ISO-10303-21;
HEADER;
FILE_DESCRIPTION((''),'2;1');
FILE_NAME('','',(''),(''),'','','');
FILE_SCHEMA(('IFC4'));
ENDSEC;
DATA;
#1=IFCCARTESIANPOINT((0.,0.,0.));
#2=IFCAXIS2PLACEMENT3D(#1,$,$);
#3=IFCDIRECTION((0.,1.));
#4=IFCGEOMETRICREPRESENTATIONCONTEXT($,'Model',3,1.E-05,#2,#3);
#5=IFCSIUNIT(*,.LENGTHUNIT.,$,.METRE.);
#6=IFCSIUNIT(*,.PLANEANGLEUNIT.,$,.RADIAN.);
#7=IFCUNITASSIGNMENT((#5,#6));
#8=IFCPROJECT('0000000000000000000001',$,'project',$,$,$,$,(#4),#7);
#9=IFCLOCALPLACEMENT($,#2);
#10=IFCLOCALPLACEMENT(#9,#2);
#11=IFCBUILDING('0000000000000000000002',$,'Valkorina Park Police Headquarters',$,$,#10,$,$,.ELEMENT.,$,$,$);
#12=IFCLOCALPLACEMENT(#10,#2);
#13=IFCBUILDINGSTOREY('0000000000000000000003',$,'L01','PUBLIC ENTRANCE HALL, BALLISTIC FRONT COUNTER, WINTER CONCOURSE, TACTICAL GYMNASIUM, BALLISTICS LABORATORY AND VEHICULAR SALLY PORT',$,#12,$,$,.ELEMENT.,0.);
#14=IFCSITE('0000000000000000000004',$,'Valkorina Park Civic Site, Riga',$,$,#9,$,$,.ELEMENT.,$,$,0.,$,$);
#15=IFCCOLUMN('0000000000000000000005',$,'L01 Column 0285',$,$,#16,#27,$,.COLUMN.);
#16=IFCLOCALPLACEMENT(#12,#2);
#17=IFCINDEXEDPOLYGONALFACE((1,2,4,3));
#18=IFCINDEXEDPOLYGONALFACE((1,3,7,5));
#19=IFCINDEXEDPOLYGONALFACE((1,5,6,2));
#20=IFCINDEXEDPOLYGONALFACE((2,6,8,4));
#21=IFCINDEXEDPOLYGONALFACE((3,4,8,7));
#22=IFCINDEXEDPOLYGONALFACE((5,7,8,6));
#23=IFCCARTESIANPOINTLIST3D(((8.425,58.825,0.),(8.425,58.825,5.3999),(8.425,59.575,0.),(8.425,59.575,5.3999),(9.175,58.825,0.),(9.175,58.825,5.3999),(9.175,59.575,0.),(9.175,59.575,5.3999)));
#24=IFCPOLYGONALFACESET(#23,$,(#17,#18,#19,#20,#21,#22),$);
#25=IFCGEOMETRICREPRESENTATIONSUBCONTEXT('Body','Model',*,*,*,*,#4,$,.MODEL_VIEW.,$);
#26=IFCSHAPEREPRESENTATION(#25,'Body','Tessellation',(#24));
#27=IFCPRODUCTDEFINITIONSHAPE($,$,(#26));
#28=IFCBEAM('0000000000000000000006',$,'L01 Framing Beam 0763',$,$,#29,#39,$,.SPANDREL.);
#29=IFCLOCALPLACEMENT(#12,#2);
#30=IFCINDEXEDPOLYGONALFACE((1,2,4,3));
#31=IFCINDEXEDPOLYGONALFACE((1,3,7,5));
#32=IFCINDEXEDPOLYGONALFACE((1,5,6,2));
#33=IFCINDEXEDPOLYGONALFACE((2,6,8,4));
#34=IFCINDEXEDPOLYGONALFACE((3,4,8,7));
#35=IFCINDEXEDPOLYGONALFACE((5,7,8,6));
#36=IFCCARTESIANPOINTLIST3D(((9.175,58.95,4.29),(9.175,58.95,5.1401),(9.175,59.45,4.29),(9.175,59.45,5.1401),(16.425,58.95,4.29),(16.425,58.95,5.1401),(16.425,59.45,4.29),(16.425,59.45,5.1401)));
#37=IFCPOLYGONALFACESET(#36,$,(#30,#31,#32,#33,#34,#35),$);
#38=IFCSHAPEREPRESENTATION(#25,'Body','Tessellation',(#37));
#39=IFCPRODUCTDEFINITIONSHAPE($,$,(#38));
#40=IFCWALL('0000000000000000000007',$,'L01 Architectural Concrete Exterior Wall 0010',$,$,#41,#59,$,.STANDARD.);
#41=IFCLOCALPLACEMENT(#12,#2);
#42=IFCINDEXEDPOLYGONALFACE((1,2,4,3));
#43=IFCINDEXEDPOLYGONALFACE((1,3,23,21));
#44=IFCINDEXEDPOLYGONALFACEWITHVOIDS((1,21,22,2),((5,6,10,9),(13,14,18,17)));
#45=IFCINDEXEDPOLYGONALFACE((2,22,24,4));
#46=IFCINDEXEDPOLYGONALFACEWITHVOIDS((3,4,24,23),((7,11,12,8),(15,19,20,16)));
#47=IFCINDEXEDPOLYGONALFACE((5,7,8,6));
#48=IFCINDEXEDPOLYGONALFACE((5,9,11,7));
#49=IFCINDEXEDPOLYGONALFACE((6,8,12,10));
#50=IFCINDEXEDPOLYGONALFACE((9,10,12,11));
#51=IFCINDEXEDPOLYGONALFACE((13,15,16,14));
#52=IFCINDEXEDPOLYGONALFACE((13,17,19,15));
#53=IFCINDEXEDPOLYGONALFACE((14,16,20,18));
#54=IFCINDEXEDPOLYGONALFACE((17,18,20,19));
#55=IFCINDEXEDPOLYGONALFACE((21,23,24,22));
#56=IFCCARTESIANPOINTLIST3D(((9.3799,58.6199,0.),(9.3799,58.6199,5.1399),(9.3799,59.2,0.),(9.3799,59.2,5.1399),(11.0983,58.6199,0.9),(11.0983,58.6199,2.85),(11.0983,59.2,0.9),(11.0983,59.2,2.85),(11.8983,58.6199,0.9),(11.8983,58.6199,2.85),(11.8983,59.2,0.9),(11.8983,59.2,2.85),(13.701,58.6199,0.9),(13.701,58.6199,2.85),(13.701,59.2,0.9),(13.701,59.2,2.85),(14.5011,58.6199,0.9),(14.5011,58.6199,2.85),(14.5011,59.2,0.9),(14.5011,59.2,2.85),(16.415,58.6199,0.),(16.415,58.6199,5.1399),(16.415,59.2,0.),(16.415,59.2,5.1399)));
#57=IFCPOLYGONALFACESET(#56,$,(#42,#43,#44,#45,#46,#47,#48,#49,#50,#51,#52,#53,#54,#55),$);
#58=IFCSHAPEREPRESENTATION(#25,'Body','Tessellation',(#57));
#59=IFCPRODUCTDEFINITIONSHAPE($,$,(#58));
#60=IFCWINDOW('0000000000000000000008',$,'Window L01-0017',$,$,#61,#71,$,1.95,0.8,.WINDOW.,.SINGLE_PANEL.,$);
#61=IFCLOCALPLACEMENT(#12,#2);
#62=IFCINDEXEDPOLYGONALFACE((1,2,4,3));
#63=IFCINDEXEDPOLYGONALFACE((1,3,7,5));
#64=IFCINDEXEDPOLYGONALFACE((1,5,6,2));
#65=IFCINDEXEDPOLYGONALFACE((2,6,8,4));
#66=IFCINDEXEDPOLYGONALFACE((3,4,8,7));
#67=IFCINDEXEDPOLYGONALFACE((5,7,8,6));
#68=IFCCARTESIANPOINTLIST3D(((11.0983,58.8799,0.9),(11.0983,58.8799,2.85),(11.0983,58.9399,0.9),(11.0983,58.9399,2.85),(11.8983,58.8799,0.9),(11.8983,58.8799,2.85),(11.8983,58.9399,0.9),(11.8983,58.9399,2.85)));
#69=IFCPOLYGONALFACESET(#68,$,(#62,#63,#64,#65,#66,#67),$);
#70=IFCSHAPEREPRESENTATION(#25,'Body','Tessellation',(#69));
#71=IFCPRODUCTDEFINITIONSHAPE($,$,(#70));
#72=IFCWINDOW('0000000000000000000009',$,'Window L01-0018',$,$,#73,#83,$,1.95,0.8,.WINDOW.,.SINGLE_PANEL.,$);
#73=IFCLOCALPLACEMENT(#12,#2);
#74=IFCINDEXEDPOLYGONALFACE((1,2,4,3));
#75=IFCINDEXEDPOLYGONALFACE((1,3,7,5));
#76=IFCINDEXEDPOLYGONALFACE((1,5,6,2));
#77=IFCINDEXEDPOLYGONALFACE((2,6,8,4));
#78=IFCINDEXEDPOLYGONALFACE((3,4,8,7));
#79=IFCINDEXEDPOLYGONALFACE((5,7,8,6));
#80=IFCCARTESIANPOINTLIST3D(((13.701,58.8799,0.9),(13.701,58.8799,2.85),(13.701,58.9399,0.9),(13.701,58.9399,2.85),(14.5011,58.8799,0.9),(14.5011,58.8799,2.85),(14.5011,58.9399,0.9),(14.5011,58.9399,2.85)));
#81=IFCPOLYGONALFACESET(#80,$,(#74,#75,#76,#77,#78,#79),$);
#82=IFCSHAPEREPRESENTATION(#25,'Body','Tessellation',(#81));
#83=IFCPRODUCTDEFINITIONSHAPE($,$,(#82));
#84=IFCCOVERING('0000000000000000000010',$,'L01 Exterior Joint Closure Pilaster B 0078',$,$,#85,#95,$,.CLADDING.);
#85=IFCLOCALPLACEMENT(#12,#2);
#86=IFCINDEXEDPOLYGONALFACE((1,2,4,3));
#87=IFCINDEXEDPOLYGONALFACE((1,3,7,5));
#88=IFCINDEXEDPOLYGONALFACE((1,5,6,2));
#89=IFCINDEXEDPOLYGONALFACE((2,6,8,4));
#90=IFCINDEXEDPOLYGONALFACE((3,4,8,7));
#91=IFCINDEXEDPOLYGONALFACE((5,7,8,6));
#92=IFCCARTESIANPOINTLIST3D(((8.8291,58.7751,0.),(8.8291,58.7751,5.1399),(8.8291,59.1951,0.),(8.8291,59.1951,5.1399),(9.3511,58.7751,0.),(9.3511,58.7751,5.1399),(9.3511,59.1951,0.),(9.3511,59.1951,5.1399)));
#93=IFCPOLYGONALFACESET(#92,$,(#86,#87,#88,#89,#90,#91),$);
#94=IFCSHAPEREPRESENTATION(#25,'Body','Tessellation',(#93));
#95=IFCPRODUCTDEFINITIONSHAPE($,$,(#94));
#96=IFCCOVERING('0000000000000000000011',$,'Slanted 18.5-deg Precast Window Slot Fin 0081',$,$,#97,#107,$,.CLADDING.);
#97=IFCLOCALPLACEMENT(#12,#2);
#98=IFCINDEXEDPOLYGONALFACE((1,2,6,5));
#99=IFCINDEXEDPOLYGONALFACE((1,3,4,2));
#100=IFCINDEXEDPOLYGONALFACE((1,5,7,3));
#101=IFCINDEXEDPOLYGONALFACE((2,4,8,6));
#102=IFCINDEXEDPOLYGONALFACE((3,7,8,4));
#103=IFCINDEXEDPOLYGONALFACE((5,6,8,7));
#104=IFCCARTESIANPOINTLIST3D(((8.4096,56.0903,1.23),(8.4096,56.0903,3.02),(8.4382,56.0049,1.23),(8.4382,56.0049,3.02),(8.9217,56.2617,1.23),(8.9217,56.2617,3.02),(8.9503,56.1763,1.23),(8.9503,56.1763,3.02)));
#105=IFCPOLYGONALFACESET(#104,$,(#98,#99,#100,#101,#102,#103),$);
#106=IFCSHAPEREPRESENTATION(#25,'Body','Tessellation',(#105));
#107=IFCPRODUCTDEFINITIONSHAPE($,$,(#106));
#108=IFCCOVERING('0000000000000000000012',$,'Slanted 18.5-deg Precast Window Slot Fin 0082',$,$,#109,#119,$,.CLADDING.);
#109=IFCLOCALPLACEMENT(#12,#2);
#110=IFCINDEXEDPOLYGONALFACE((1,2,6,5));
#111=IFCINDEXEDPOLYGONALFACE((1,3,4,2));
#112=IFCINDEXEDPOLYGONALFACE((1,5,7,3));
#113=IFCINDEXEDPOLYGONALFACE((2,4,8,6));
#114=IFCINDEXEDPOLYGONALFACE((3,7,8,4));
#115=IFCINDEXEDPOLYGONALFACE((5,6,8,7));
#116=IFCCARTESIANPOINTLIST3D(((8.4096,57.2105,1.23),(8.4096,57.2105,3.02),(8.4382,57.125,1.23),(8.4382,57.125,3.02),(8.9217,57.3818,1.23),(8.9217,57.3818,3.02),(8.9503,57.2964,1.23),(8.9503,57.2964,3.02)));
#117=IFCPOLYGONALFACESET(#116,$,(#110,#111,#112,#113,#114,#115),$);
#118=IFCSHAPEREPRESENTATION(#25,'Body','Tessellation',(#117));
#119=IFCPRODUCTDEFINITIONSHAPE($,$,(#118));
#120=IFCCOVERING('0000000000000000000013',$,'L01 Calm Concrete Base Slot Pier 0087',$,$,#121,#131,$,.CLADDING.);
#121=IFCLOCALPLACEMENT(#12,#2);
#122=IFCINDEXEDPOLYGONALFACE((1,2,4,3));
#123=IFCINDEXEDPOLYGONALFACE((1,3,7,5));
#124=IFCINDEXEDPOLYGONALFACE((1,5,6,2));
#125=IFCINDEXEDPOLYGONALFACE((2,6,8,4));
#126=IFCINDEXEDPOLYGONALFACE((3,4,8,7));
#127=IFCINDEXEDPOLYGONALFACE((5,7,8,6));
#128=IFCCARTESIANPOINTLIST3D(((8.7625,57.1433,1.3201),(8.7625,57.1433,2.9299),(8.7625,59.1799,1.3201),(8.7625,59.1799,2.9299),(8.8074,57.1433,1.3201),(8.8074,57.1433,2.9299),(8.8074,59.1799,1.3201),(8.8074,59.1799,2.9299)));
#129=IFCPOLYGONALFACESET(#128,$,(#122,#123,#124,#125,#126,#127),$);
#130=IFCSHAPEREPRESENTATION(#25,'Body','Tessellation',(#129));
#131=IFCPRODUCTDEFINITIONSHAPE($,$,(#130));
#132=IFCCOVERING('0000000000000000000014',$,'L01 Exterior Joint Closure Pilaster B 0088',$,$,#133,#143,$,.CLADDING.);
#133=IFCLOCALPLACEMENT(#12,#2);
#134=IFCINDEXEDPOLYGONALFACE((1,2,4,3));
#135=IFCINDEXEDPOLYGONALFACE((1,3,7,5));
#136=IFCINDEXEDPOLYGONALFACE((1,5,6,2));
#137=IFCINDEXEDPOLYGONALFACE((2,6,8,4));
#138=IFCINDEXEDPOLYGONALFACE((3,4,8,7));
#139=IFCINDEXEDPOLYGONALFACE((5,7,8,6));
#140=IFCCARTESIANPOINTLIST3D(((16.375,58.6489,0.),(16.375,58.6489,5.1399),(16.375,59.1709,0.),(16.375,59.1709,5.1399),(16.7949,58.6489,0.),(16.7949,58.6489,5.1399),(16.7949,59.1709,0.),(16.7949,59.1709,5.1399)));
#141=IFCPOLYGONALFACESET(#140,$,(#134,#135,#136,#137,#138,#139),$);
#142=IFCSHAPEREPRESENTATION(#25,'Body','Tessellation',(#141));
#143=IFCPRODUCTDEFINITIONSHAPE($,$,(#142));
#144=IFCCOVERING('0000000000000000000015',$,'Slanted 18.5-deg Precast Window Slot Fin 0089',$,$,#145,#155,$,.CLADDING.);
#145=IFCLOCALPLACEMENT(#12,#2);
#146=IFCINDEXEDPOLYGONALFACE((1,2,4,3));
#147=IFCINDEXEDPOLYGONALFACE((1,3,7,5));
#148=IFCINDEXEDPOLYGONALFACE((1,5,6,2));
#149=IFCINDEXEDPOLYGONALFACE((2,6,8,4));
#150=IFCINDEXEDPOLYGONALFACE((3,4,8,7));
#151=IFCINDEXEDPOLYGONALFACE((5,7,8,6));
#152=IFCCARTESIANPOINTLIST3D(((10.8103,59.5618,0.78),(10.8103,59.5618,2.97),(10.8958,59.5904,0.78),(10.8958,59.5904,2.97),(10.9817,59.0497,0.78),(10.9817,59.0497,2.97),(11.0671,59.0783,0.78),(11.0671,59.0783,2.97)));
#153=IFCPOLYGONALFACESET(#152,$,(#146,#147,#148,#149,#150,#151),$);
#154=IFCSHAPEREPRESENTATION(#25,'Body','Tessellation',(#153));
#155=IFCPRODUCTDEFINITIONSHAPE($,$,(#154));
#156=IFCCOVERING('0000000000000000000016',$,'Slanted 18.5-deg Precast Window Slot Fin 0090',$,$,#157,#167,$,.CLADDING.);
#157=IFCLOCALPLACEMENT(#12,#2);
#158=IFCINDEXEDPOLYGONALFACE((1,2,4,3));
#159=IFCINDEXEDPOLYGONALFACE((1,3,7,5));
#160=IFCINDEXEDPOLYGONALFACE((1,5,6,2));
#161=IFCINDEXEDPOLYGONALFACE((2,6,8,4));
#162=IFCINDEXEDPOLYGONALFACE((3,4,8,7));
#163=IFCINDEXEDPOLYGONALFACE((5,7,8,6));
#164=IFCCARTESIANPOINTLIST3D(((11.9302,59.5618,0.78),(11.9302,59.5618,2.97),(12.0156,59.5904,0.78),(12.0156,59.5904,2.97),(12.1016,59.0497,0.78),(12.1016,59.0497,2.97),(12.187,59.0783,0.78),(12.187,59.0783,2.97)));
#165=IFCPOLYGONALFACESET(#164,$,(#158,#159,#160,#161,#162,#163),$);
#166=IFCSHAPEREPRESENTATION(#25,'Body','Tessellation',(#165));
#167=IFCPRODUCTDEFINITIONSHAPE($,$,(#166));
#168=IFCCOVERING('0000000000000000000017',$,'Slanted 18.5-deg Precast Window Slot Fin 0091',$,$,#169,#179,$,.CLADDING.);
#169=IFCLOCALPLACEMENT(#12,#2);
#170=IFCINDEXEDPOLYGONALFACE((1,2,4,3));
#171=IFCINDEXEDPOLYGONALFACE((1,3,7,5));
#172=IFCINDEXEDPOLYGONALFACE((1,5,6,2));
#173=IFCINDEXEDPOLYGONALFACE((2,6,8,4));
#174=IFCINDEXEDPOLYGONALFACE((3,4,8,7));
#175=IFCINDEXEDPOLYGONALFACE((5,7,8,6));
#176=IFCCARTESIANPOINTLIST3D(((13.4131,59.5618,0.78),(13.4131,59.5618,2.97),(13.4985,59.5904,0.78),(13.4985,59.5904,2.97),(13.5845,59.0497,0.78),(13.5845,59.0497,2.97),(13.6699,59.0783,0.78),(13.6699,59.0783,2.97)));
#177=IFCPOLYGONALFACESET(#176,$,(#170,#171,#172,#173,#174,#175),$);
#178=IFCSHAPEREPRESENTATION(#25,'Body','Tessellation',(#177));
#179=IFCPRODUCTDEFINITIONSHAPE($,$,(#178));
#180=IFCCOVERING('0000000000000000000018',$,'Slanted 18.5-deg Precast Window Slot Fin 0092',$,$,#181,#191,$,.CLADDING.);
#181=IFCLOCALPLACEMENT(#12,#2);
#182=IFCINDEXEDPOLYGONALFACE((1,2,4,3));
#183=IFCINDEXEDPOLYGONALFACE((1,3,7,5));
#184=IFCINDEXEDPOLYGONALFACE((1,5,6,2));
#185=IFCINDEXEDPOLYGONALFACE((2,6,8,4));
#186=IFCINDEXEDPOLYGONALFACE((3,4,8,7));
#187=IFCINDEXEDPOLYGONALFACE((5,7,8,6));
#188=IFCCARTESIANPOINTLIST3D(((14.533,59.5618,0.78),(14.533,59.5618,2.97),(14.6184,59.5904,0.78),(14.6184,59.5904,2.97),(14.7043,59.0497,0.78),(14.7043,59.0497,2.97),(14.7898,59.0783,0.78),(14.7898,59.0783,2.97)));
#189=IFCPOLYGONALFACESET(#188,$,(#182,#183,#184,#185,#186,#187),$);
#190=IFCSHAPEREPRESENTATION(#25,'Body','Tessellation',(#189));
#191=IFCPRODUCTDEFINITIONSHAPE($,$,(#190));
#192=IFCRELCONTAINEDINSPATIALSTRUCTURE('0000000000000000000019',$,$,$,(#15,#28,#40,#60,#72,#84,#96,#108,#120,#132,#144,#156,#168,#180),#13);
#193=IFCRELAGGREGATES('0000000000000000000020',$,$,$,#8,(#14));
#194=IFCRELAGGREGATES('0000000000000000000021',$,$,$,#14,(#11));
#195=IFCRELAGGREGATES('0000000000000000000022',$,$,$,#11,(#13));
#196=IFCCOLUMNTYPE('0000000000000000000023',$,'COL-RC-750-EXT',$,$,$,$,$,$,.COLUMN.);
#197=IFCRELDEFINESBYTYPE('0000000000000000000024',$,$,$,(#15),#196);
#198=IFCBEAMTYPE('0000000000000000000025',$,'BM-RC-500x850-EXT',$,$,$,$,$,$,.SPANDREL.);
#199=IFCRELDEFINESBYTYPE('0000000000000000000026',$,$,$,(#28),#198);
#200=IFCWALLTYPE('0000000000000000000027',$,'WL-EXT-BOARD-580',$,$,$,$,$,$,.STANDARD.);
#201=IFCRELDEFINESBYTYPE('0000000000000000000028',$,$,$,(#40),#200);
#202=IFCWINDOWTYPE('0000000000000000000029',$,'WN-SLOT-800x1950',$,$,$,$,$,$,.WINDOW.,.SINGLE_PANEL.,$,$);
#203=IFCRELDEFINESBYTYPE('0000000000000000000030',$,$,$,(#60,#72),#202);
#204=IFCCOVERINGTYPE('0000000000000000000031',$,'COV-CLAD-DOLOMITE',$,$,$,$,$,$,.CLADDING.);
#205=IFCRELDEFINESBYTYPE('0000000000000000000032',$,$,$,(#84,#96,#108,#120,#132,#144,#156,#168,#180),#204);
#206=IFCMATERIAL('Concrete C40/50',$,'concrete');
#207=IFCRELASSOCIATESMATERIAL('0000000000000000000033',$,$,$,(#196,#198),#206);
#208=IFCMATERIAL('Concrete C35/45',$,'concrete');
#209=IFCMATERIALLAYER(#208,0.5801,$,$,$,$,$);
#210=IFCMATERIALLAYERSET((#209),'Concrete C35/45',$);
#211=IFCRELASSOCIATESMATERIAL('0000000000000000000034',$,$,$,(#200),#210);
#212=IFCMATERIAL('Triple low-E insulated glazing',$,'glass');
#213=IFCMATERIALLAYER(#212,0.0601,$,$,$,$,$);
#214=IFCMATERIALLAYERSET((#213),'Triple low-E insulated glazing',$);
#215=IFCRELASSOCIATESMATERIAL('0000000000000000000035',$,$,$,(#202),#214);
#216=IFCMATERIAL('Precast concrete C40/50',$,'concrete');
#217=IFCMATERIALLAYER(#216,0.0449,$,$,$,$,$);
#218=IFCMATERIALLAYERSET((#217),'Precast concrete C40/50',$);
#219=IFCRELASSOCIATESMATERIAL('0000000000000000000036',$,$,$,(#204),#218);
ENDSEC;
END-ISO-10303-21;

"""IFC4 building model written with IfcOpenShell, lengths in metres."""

from ifc_helpers import new_model, si_unit, direction, frame, frame_2d, origin, origin_2d, place, context, subcontext, project, spatial, rectangle, extrude, material, layer, layer_set, material_profile, profile_set, type_object, element, fill, save


model = new_model("IFC4")

# Units and contexts
model_context = context("Model", 3, precision=1e-05, world=origin(), true_north=direction((0.0, 1.0)))
body_context = subcontext(model_context, "Body", "Model", "MODEL_VIEW")
ifc_project = project(units=[si_unit("LENGTHUNIT", "METRE"), si_unit("PLANEANGLEUNIT", "RADIAN")], contexts=[model_context])

# Site, building, storey
site_placement = place(None, origin())
site = spatial("IfcSite", under=ifc_project, at=site_placement, Name="Valkorina Park Civic Site, Riga", CompositionType="ELEMENT", RefElevation=0.0)
building_placement = place(site_placement, origin())
building = spatial("IfcBuilding", under=site, at=building_placement, Name="Valkorina Park Police Headquarters", CompositionType="ELEMENT")
storey_placement = place(building_placement, origin())
storey = spatial("IfcBuildingStorey", under=building, at=storey_placement, Name="L01", Description="PUBLIC ENTRANCE HALL, BALLISTIC FRONT COUNTER, WINTER CONCOURSE, TACTICAL GYMNASIUM, BALLISTICS LABORATORY AND VEHICULAR SALLY PORT", CompositionType="ELEMENT", Elevation=0.0)

# Column
ifc_material_1 = material(Name="Concrete C40/50", Category="concrete")
ifc_material_profile_1 = material_profile(ifc_material_1, rectangle(XDim=0.75, YDim=0.75, at=origin_2d()), Name="RC COL 750x750")
ifc_profile_set_1 = profile_set([ifc_material_profile_1], Name="Concrete C40/50")
column_type = type_object("IfcColumnType", Name="COL-RC-750-EXT", PredefinedType="COLUMN", material=ifc_profile_set_1)
column_placement = place(storey_placement, frame((8.8, 59.2, 0.0), z_axis=(0.0, 0.0, 1.0), x_axis=(1.0, 0.0, 0.0)))
element("IfcColumn", 1, at=column_placement, inside=storey, type_object=column_type, Name="L01 Column 0285", PredefinedType="COLUMN", context=body_context, shape_type="SweptSolid", body=[
    extrude(rectangle(XDim=0.75, YDim=0.75, at=origin_2d()), origin(), (0.0, 0.0, 1.0), 5.3999),
])

# Beam
ifc_material_profile_2 = material_profile(ifc_material_1, rectangle(XDim=0.5, YDim=0.8501, at=origin_2d()), Name="RC BEAM 500x850")
ifc_profile_set_2 = profile_set([ifc_material_profile_2], Name="Concrete C40/50")
beam_type = type_object("IfcBeamType", Name="BM-RC-500x850-EXT", PredefinedType="SPANDREL", material=ifc_profile_set_2)
beam_placement = place(storey_placement, frame((9.175, 59.2, 4.7151), z_axis=(1.0, 0.0, 0.0), x_axis=(0.0, 1.0, 0.0)))
element("IfcBeam", 2, at=beam_placement, inside=storey, type_object=beam_type, Name="L01 Framing Beam 0763", PredefinedType="SPANDREL", context=body_context, shape_type="SweptSolid", body=[
    extrude(rectangle(XDim=0.5, YDim=0.8501, at=origin_2d()), origin(), (0.0, 0.0, 1.0), 7.25),
])

# Wall, openings, windows
ifc_material_2 = material(Name="Concrete C35/45", Category="concrete")
ifc_layer_1 = layer(ifc_material_2, 0.5801)
ifc_layer_set_1 = layer_set([ifc_layer_1], Name="Concrete C35/45")
wall_type = type_object("IfcWallType", Name="WL-EXT-BOARD-580", PredefinedType="STANDARD", material=ifc_layer_set_1)
wall_placement = place(storey_placement, frame((9.3799, 58.9099, 0.0), z_axis=(0.0, 0.0, 1.0), x_axis=(1.0, 0.0, 0.0)))
wall = element("IfcWall", 3, at=wall_placement, inside=storey, type_object=wall_type, Name="L01 Architectural Concrete Exterior Wall 0010", PredefinedType="STANDARD", context=body_context, shape_type="SweptSolid", body=[
    extrude(rectangle(XDim=7.0352, YDim=0.5801, at=frame_2d((3.5176, 0.0))), origin(), (0.0, 0.0, 1.0), 5.1399),
])
opening_1_placement = place(wall_placement, frame((1.7185, 0.0, 0.8999)))
opening_1 = element("IfcOpeningElement", 4, at=opening_1_placement, cuts=wall, PredefinedType="OPENING", context=body_context, shape_type="SweptSolid", body=[
    extrude(rectangle(XDim=0.8, YDim=1.95, at=frame_2d((0.3999, 0.9751))), frame((0.0, 0.3, 0.0), z_axis=(0.0, -1.0, 0.0), x_axis=(1.0, 0.0, 0.0)), (0.0, 0.0, 1.0), 0.6001),
])
opening_2_placement = place(wall_placement, frame((4.3213, 0.0, 0.8999)))
opening_2 = element("IfcOpeningElement", 5, at=opening_2_placement, cuts=wall, PredefinedType="OPENING", context=body_context, shape_type="SweptSolid", body=[
    extrude(rectangle(XDim=0.8, YDim=1.95, at=frame_2d((0.3999, 0.9751))), frame((0.0, 0.3, 0.0), z_axis=(0.0, -1.0, 0.0), x_axis=(1.0, 0.0, 0.0)), (0.0, 0.0, 1.0), 0.6001),
])
ifc_material_3 = material(Name="Triple low-E insulated glazing", Category="glass")
ifc_layer_2 = layer(ifc_material_3, 0.0601)
ifc_layer_set_2 = layer_set([ifc_layer_2], Name="Triple low-E insulated glazing")
window_type = type_object("IfcWindowType", Name="WN-SLOT-800x1950", PartitioningType="SINGLE_PANEL", PredefinedType="WINDOW", material=ifc_layer_set_2)
window_1_placement = place(opening_1_placement, origin())
window_1 = element("IfcWindow", 6, at=window_1_placement, inside=storey, type_object=window_type, Name="Window L01-0017", OverallHeight=1.95, OverallWidth=0.8, PartitioningType="SINGLE_PANEL", PredefinedType="WINDOW", context=body_context, shape_type="SweptSolid", body=[
    extrude(rectangle(XDim=0.8, YDim=1.95, at=frame_2d((0.3999, 0.9751))), frame((0.0, 0.03, 0.0), z_axis=(0.0, -1.0, 0.0), x_axis=(1.0, 0.0, 0.0)), (0.0, 0.0, 1.0), 0.0601),
])
fill(opening_1, window_1)
window_2_placement = place(opening_2_placement, origin())
window_2 = element("IfcWindow", 7, at=window_2_placement, inside=storey, type_object=window_type, Name="Window L01-0018", OverallHeight=1.95, OverallWidth=0.8, PartitioningType="SINGLE_PANEL", PredefinedType="WINDOW", context=body_context, shape_type="SweptSolid", body=[
    extrude(rectangle(XDim=0.8, YDim=1.95, at=frame_2d((0.3999, 0.9751))), frame((0.0, 0.03, 0.0), z_axis=(0.0, -1.0, 0.0), x_axis=(1.0, 0.0, 0.0)), (0.0, 0.0, 1.0), 0.0601),
])
fill(opening_2, window_2)

# Coverings
ifc_material_4 = material(Name="Precast concrete C40/50", Category="concrete")
ifc_layer_3 = layer(ifc_material_4, 0.0449)
ifc_layer_set_3 = layer_set([ifc_layer_3], Name="Precast concrete C40/50")
covering_type = type_object("IfcCoveringType", Name="COV-CLAD-DOLOMITE", PredefinedType="CLADDING", material=ifc_layer_set_3)
covering_1_placement = place(storey_placement, frame((9.0901, 58.9851, 0.0), z_axis=(0.0, 0.0, 1.0), x_axis=(0.0, 1.0, 0.0)))
element("IfcCovering", 8, at=covering_1_placement, inside=storey, type_object=covering_type, Name="L01 Exterior Joint Closure Pilaster B 0078", PredefinedType="CLADDING", context=body_context, shape_type="SweptSolid", body=[
    extrude(rectangle(XDim=0.4199, YDim=0.522, at=origin_2d()), origin(), (0.0, 0.0, 1.0), 5.1399),
])
for number, where, z_axis, x_axis, name in (
    (9, (8.6799, 56.1333, 1.23), (0.0, 0.0, 1.0), (-0.948324, -0.317305, 0.0), "Slanted 18.5-deg Precast Window Slot Fin 0081"),
    (10, (8.6799, 57.2534, 1.23), (0.0, 0.0, 1.0), (-0.948324, -0.317305, 0.0), "Slanted 18.5-deg Precast Window Slot Fin 0082"),
):
    element("IfcCovering", number, at=place(storey_placement, frame(where, z_axis=z_axis, x_axis=x_axis)), inside=storey, type_object=covering_type, Name=name, PredefinedType="CLADDING", context=body_context, shape_type="SweptSolid", body=[
        extrude(rectangle(XDim=0.54, YDim=0.0901, at=origin_2d()), origin(), (0.0, 0.0, 1.0), 1.79),
    ])
covering_2_placement = place(storey_placement, frame((8.7849, 57.1433, 1.3201), z_axis=(0.0, 0.0, 1.0), x_axis=(0.0, 1.0, 0.0)))
element("IfcCovering", 11, at=covering_2_placement, inside=storey, type_object=covering_type, Name="L01 Calm Concrete Base Slot Pier 0087", PredefinedType="CLADDING", context=body_context, shape_type="SweptSolid", body=[
    extrude(rectangle(XDim=2.0366, YDim=0.0449, at=frame_2d((1.0183, 0.0))), origin(), (0.0, 0.0, 1.0), 1.6099),
])
covering_3_placement = place(storey_placement, frame((16.585, 58.9099, 0.0), z_axis=(0.0, 0.0, 1.0), x_axis=(1.0, 0.0, 0.0)))
element("IfcCovering", 12, at=covering_3_placement, inside=storey, type_object=covering_type, Name="L01 Exterior Joint Closure Pilaster B 0088", PredefinedType="CLADDING", context=body_context, shape_type="SweptSolid", body=[
    extrude(rectangle(XDim=0.4199, YDim=0.522, at=origin_2d()), origin(), (0.0, 0.0, 1.0), 5.1399),
])
for number, where, z_axis, x_axis, name in (
    (13, (10.9387, 59.3201, 0.78), (0.0, 0.0, 1.0), (-0.317305, 0.948324, 0.0), "Slanted 18.5-deg Precast Window Slot Fin 0089"),
    (14, (12.0586, 59.3201, 0.78), (0.0, 0.0, 1.0), (-0.317305, 0.948324, 0.0), "Slanted 18.5-deg Precast Window Slot Fin 0090"),
    (15, (13.5415, 59.3201, 0.78), (0.0, 0.0, 1.0), (-0.317305, 0.948324, 0.0), "Slanted 18.5-deg Precast Window Slot Fin 0091"),
    (16, (14.6614, 59.3201, 0.78), (0.0, 0.0, 1.0), (-0.317305, 0.948324, 0.0), "Slanted 18.5-deg Precast Window Slot Fin 0092"),
):
    element("IfcCovering", number, at=place(storey_placement, frame(where, z_axis=z_axis, x_axis=x_axis)), inside=storey, type_object=covering_type, Name=name, PredefinedType="CLADDING", context=body_context, shape_type="SweptSolid", body=[
        extrude(rectangle(XDim=0.54, YDim=0.0901, at=origin_2d()), origin(), (0.0, 0.0, 1.0), 2.1899),
    ])

save(model, "model.ifc")
